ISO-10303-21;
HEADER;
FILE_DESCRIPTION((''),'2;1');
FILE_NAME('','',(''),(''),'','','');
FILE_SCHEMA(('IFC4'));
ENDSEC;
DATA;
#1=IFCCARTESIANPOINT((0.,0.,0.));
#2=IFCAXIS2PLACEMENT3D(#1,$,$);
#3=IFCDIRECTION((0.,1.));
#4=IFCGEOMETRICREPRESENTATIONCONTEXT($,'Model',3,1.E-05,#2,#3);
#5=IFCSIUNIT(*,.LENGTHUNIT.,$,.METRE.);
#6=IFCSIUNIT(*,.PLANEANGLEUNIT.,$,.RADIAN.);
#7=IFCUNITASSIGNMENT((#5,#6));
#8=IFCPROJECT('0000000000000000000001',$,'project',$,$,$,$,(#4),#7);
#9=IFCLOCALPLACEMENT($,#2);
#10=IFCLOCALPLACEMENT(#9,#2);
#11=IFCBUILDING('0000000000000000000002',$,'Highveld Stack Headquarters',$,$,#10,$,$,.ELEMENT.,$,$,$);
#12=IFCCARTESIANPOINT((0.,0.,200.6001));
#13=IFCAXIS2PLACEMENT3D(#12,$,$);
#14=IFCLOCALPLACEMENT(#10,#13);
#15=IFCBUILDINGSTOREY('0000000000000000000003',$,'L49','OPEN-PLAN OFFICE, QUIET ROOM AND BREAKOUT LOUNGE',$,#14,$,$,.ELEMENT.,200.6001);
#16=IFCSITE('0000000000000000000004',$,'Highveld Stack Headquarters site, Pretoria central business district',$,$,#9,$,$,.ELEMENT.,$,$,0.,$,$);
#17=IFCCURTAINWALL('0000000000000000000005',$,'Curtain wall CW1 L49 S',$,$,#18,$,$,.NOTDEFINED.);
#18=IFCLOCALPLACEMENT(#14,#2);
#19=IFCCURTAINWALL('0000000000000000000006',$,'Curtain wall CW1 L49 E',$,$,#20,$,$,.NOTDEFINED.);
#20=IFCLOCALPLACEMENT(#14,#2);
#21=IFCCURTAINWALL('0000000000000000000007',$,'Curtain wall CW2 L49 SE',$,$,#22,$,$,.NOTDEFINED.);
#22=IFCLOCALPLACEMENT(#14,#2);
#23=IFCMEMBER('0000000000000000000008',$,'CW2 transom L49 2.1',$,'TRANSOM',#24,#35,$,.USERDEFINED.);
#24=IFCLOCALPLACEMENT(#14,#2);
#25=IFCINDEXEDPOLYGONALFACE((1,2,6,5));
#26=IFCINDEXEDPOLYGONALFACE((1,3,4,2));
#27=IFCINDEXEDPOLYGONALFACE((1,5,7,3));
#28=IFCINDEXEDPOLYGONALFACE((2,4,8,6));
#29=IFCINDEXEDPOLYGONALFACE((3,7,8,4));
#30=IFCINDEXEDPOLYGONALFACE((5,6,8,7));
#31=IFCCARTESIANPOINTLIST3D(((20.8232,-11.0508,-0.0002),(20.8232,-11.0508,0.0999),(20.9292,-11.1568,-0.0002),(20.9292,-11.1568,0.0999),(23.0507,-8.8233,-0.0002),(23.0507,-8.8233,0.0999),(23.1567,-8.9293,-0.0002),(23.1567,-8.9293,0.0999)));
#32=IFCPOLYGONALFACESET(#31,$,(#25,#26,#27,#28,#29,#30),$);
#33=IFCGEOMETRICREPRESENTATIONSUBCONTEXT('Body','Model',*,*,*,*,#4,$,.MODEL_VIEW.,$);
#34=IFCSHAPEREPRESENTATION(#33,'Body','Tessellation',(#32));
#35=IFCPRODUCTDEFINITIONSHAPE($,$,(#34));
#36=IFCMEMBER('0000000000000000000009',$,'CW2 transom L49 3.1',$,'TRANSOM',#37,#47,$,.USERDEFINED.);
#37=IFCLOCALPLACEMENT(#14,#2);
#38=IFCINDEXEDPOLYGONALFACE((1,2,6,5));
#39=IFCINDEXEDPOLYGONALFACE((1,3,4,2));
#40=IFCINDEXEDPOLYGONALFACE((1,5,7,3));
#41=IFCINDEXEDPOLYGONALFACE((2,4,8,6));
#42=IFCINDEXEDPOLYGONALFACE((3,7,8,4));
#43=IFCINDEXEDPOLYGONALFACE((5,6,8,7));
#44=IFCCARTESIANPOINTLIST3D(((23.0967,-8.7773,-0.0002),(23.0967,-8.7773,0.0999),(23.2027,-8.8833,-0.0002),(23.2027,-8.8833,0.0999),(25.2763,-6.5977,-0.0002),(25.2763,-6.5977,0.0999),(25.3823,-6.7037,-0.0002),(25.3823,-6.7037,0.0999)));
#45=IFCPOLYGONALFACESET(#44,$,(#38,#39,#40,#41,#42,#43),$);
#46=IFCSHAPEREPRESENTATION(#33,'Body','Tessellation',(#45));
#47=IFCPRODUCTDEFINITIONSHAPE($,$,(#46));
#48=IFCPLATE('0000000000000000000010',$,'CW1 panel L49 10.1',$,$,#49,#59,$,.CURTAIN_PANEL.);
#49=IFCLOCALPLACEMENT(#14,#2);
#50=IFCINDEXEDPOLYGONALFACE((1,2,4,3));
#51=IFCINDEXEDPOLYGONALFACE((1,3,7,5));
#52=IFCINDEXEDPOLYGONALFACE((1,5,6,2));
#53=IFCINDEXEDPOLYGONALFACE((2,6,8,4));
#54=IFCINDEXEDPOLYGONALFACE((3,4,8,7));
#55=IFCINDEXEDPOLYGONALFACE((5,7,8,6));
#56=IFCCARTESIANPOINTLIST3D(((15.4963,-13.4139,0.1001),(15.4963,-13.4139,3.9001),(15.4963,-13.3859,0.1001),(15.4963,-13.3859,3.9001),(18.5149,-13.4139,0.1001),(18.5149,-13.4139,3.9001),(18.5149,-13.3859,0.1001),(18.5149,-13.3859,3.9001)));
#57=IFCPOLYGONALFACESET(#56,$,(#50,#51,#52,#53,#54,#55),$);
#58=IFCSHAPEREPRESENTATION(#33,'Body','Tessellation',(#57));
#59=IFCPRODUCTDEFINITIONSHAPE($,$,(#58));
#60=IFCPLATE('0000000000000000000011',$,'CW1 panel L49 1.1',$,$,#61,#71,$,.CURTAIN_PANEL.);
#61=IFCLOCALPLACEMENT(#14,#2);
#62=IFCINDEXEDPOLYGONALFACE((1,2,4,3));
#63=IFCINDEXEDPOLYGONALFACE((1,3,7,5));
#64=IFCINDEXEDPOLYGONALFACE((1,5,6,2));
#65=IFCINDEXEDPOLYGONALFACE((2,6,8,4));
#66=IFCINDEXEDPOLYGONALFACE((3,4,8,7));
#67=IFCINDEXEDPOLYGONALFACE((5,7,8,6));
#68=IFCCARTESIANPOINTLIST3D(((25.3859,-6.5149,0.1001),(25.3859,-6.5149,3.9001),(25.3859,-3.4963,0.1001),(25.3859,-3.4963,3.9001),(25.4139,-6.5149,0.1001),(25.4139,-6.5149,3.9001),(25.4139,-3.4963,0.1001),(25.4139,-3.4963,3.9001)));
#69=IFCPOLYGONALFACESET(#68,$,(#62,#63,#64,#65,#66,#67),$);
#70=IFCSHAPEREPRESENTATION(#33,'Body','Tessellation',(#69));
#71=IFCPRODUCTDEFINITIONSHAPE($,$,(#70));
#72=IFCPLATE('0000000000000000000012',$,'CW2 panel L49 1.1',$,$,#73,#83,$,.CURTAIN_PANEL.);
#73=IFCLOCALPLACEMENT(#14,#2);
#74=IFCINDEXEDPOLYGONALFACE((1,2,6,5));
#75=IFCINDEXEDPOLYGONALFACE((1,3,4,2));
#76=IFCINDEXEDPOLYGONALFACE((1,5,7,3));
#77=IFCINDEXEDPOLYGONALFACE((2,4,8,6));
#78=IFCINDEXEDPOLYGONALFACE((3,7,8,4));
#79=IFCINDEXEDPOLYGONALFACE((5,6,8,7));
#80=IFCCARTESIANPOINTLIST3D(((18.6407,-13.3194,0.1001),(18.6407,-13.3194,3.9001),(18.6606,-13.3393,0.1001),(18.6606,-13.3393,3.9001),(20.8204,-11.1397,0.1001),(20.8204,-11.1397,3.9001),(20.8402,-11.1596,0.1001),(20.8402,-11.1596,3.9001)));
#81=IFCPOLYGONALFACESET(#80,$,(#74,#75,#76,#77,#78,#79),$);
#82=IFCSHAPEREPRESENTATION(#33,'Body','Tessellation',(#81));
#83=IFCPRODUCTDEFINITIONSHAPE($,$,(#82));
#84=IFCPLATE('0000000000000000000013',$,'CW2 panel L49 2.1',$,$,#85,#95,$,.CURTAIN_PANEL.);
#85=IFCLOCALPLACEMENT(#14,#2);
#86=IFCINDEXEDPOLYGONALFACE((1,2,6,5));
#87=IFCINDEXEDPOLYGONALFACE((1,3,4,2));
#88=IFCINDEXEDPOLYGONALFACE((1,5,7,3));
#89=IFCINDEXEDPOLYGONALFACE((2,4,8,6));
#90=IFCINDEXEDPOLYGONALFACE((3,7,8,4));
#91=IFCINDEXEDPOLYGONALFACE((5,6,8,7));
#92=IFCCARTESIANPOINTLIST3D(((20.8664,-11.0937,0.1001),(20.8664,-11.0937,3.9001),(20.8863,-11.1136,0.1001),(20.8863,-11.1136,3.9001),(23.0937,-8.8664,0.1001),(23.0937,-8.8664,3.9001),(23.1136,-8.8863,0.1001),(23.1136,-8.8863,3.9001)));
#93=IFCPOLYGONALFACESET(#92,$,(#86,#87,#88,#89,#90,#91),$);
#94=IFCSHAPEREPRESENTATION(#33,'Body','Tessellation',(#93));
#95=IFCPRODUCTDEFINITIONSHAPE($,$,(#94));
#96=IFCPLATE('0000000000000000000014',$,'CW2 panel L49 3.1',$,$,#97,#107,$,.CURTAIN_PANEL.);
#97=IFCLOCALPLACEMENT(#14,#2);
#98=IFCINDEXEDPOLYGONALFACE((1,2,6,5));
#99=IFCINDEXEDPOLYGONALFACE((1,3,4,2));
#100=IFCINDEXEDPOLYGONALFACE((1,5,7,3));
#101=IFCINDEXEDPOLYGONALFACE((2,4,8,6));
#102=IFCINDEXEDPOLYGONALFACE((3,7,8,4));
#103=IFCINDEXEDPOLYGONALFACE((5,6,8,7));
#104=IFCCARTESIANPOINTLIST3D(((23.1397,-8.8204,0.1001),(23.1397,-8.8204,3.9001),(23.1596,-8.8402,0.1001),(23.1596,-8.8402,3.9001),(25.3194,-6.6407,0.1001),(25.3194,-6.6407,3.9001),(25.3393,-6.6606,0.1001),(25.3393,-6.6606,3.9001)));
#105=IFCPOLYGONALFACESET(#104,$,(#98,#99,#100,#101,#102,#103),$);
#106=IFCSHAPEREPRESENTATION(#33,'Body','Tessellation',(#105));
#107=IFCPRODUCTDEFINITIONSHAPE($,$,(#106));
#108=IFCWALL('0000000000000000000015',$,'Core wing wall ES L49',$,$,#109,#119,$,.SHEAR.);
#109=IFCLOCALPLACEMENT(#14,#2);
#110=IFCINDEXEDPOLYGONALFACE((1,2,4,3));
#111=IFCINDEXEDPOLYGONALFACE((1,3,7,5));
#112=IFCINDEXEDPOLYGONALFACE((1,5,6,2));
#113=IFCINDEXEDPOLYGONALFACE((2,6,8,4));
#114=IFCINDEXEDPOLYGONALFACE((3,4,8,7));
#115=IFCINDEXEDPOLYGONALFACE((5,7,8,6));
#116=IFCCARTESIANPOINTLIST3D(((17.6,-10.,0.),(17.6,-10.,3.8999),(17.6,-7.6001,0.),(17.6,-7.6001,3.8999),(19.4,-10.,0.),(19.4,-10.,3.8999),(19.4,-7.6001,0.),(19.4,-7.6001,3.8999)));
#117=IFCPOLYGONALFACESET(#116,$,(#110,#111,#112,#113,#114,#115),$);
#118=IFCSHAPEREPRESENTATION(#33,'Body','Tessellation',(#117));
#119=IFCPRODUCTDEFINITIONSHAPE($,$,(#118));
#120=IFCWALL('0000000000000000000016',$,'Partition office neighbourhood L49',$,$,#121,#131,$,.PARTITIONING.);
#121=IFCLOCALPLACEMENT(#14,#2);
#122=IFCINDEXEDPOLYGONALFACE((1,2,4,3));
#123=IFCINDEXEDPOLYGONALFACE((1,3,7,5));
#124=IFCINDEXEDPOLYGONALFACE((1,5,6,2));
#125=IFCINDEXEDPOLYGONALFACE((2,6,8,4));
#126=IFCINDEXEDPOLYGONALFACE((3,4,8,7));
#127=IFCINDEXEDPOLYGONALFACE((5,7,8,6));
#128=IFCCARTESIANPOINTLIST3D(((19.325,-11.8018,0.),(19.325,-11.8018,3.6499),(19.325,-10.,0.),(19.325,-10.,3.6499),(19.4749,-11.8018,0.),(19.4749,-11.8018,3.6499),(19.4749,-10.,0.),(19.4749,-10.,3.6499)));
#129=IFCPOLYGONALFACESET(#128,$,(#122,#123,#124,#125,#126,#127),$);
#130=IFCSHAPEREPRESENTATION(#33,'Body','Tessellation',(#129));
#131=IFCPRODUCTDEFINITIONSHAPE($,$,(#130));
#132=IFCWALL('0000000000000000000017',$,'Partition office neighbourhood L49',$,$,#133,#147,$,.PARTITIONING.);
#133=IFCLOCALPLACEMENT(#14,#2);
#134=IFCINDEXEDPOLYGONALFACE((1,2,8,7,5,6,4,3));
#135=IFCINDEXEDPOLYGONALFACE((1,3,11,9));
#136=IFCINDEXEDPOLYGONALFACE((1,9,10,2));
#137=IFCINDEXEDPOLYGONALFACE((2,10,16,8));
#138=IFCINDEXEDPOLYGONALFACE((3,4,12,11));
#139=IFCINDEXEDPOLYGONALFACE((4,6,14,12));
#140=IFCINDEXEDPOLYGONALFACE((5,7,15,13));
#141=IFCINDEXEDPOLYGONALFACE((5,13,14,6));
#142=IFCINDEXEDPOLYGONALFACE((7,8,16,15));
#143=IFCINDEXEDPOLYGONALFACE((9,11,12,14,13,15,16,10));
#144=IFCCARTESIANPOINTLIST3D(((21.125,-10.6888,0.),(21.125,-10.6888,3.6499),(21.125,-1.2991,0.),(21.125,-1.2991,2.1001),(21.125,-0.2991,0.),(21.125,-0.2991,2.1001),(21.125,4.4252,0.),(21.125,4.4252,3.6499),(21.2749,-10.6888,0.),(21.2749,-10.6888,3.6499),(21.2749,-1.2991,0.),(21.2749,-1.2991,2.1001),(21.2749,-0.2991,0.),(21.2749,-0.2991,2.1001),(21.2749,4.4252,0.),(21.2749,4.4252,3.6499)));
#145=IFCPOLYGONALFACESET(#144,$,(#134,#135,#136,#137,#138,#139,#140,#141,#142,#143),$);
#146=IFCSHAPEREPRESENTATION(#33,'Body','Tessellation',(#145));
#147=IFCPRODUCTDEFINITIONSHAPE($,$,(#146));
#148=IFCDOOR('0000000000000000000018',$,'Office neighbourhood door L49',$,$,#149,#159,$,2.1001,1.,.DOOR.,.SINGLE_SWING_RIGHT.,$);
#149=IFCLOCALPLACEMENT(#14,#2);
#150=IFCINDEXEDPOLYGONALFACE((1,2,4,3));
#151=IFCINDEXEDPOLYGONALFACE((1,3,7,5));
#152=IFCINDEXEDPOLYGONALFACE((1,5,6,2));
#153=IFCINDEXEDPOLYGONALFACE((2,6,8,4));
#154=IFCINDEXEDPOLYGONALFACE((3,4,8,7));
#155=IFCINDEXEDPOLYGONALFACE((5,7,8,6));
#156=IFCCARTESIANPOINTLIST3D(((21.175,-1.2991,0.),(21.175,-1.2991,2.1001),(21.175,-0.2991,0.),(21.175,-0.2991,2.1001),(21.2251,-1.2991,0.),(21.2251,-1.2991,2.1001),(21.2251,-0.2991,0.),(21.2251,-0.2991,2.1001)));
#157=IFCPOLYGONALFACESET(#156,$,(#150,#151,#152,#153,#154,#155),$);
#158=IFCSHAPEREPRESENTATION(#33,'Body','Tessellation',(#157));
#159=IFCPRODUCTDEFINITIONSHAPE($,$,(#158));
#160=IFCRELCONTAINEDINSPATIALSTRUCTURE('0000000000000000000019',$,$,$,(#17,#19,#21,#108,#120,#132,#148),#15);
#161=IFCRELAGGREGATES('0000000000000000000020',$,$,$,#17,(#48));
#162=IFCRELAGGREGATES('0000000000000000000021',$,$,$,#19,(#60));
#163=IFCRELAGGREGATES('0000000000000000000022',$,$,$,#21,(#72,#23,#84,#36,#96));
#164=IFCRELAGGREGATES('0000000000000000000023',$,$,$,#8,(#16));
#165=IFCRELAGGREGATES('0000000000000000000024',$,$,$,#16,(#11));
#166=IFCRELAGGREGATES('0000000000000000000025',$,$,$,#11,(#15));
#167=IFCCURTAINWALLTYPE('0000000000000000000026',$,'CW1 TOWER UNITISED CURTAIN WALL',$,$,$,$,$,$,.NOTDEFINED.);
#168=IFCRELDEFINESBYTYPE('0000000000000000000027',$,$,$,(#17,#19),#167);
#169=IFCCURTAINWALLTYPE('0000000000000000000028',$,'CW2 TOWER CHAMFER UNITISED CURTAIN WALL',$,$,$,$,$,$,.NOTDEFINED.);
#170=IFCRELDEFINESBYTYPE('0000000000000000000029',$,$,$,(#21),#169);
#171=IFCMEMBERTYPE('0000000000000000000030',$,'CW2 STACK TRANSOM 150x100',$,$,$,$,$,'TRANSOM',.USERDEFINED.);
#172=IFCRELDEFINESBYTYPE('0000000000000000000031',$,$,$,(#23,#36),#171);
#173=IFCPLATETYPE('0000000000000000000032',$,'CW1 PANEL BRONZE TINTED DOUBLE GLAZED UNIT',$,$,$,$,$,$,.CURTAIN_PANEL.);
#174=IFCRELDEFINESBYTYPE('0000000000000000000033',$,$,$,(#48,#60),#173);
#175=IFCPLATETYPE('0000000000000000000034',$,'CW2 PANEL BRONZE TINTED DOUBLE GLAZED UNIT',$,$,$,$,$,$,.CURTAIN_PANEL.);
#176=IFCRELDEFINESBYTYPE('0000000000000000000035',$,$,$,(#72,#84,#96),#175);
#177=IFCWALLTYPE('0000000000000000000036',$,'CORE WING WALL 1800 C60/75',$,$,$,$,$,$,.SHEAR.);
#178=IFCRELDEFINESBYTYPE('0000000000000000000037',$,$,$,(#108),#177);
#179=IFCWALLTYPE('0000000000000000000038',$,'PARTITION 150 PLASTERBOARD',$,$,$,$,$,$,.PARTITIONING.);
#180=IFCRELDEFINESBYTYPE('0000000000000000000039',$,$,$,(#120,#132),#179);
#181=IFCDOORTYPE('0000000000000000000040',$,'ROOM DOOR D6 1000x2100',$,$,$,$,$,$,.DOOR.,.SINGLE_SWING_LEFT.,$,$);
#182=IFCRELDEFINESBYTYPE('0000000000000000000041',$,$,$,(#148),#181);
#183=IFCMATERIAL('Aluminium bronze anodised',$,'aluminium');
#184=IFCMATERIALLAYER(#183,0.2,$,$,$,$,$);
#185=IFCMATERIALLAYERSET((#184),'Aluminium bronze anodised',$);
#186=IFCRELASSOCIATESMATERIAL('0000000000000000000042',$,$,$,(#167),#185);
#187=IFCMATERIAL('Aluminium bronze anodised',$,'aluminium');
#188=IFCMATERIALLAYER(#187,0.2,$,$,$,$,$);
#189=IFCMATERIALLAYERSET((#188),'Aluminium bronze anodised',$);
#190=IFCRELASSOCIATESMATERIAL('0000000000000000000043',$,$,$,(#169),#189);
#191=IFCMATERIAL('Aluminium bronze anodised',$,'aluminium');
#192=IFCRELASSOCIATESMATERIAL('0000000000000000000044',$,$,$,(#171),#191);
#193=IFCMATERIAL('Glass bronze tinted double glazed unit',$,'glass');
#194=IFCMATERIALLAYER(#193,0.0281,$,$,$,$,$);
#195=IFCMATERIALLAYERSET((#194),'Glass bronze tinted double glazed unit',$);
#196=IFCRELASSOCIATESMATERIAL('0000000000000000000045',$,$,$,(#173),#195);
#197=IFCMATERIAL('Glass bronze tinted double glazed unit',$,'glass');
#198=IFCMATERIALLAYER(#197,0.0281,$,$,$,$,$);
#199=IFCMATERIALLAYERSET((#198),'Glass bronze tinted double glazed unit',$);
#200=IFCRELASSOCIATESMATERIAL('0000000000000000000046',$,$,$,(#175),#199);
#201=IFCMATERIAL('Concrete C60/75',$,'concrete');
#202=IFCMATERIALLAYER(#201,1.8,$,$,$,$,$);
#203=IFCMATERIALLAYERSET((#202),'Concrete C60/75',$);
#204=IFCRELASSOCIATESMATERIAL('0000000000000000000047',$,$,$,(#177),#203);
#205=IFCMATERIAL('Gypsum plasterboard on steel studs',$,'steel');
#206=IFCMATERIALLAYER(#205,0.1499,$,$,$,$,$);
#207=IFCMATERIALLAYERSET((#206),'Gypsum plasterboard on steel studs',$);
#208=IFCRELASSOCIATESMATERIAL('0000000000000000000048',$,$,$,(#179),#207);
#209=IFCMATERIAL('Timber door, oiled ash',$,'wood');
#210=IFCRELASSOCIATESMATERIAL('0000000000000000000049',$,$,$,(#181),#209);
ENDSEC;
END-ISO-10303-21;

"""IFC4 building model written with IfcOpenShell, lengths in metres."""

from ifc_helpers import new_model, si_unit, direction, frame, frame_2d, origin, origin_2d, place, context, subcontext, project, spatial, rectangle, extrude, material, layer, layer_set, material_profile, profile_set, type_object, element, fill, aggregate, save


model = new_model("IFC4")

# Units and contexts
model_context = context("Model", 3, precision=1e-05, world=origin(), true_north=direction((0.0, 1.0)))
body_context = subcontext(model_context, "Body", "Model", "MODEL_VIEW")
ifc_project = project(units=[si_unit("LENGTHUNIT", "METRE"), si_unit("PLANEANGLEUNIT", "RADIAN")], contexts=[model_context])

# Site, building, storey
site_placement = place(None, origin())
site = spatial("IfcSite", under=ifc_project, at=site_placement, Name="Highveld Stack Headquarters site, Pretoria central business district", CompositionType="ELEMENT", RefElevation=0.0)
building_placement = place(site_placement, origin())
building = spatial("IfcBuilding", under=site, at=building_placement, Name="Highveld Stack Headquarters", CompositionType="ELEMENT")
storey_placement = place(building_placement, frame((0.0, 0.0, 200.6001)))
storey = spatial("IfcBuildingStorey", under=building, at=storey_placement, Name="L49", Description="OPEN-PLAN OFFICE, QUIET ROOM AND BREAKOUT LOUNGE", CompositionType="ELEMENT", Elevation=200.6001)

# Curtain walls
ifc_material_1 = material(Name="Aluminium bronze anodised", Category="aluminium")
ifc_layer_1 = layer(ifc_material_1, 0.2)
ifc_layer_set_1 = layer_set([ifc_layer_1], Name="Aluminium bronze anodised")
curtain_wall_type_1 = type_object("IfcCurtainWallType", Name="CW1 TOWER UNITISED CURTAIN WALL", PredefinedType="NOTDEFINED", material=ifc_layer_set_1)
curtain_wall_1_placement = place(storey_placement, origin())
curtain_wall_1 = element("IfcCurtainWall", 1, at=curtain_wall_1_placement, inside=storey, type_object=curtain_wall_type_1, Name="Curtain wall CW1 L49 S", PredefinedType="NOTDEFINED")
curtain_wall_2_placement = place(storey_placement, origin())
curtain_wall_2 = element("IfcCurtainWall", 2, at=curtain_wall_2_placement, inside=storey, type_object=curtain_wall_type_1, Name="Curtain wall CW1 L49 E", PredefinedType="NOTDEFINED")

# Curtain wall, members
ifc_material_2 = material(Name="Aluminium bronze anodised", Category="aluminium")
ifc_layer_2 = layer(ifc_material_2, 0.2)
ifc_layer_set_2 = layer_set([ifc_layer_2], Name="Aluminium bronze anodised")
curtain_wall_type_2 = type_object("IfcCurtainWallType", Name="CW2 TOWER CHAMFER UNITISED CURTAIN WALL", PredefinedType="NOTDEFINED", material=ifc_layer_set_2)
curtain_wall_3_placement = place(storey_placement, origin())
curtain_wall_3 = element("IfcCurtainWall", 3, at=curtain_wall_3_placement, inside=storey, type_object=curtain_wall_type_2, Name="Curtain wall CW2 L49 SE", PredefinedType="NOTDEFINED")
ifc_material_3 = material(Name="Aluminium bronze anodised", Category="aluminium")
ifc_material_profile_1 = material_profile(ifc_material_3, rectangle(XDim=0.1499, YDim=0.1001, at=origin_2d()), Name="CW2 TRANSOM 150x100")
ifc_profile_set_1 = profile_set([ifc_material_profile_1], Name="Aluminium bronze anodised")
member_type_1 = type_object("IfcMemberType", Name="CW2 STACK TRANSOM 150x100", ElementType="TRANSOM", PredefinedType="USERDEFINED", material=ifc_profile_set_1)
member_1_placement = place(storey_placement, frame((20.8762, -11.1038, 0.0498), z_axis=(0.707107, 0.707107, 0.0), x_axis=(-0.707107, 0.707107, 0.0)))
member_1 = element("IfcMember", 4, at=member_1_placement, type_object=member_type_1, Name="CW2 transom L49 2.1", ObjectType="TRANSOM", PredefinedType="USERDEFINED", context=body_context, shape_type="SweptSolid", body=[
    extrude(rectangle(XDim=0.1499, YDim=0.1001, at=origin_2d()), origin(), (0.0, 0.0, 1.0), 3.1501),
])
member_2_placement = place(storey_placement, frame((23.1497, -8.8303, 0.0498), z_axis=(0.707107, 0.707107, 0.0), x_axis=(-0.707107, 0.707107, 0.0)))
member_2 = element("IfcMember", 5, at=member_2_placement, type_object=member_type_1, Name="CW2 transom L49 3.1", ObjectType="TRANSOM", PredefinedType="USERDEFINED", context=body_context, shape_type="SweptSolid", body=[
    extrude(rectangle(XDim=0.1499, YDim=0.1001, at=origin_2d()), origin(), (0.0, 0.0, 1.0), 3.0825),
])

# Plates
ifc_material_4 = material(Name="Glass bronze tinted double glazed unit", Category="glass")
ifc_layer_3 = layer(ifc_material_4, 0.0281)
ifc_layer_set_3 = layer_set([ifc_layer_3], Name="Glass bronze tinted double glazed unit")
plate_type_1 = type_object("IfcPlateType", Name="CW1 PANEL BRONZE TINTED DOUBLE GLAZED UNIT", PredefinedType="CURTAIN_PANEL", material=ifc_layer_set_3)
plate_1_placement = place(storey_placement, frame((17.0056, -13.3999, 0.1001), z_axis=(0.0, 0.0, 1.0), x_axis=(1.0, 0.0, 0.0)))
plate_1 = element("IfcPlate", 6, at=plate_1_placement, type_object=plate_type_1, Name="CW1 panel L49 10.1", PredefinedType="CURTAIN_PANEL", context=body_context, shape_type="SweptSolid", body=[
    extrude(rectangle(XDim=3.0186, YDim=0.0281, at=origin_2d()), origin(), (0.0, 0.0, 1.0), 3.8),
])
aggregate(curtain_wall_1, [plate_1])
plate_2_placement = place(storey_placement, frame((25.3999, -5.0056, 0.1001), z_axis=(0.0, 0.0, 1.0), x_axis=(0.0, 1.0, 0.0)))
plate_2 = element("IfcPlate", 7, at=plate_2_placement, type_object=plate_type_1, Name="CW1 panel L49 1.1", PredefinedType="CURTAIN_PANEL", context=body_context, shape_type="SweptSolid", body=[
    extrude(rectangle(XDim=3.0186, YDim=0.0281, at=origin_2d()), origin(), (0.0, 0.0, 1.0), 3.8),
])
aggregate(curtain_wall_2, [plate_2])
ifc_material_5 = material(Name="Glass bronze tinted double glazed unit", Category="glass")
ifc_layer_4 = layer(ifc_material_5, 0.0281)
ifc_layer_set_4 = layer_set([ifc_layer_4], Name="Glass bronze tinted double glazed unit")
plate_type_2 = type_object("IfcPlateType", Name="CW2 PANEL BRONZE TINTED DOUBLE GLAZED UNIT", PredefinedType="CURTAIN_PANEL", material=ifc_layer_set_4)
plate_3_placement = place(storey_placement, frame((19.7405, -12.2395, 0.1001), z_axis=(0.0, 0.0, 1.0), x_axis=(0.707107, 0.707107, 0.0)))
plate_3 = element("IfcPlate", 8, at=plate_3_placement, type_object=plate_type_2, Name="CW2 panel L49 1.1", PredefinedType="CURTAIN_PANEL", context=body_context, shape_type="SweptSolid", body=[
    extrude(rectangle(XDim=3.0825, YDim=0.0281, at=origin_2d()), origin(), (0.0, 0.0, 1.0), 3.8),
])
plate_4_placement = place(storey_placement, frame((21.99, -9.99, 0.1001), z_axis=(0.0, 0.0, 1.0), x_axis=(0.707107, 0.707107, 0.0)))
plate_4 = element("IfcPlate", 9, at=plate_4_placement, type_object=plate_type_2, Name="CW2 panel L49 2.1", PredefinedType="CURTAIN_PANEL", context=body_context, shape_type="SweptSolid", body=[
    extrude(rectangle(XDim=3.1499, YDim=0.0281, at=origin_2d()), origin(), (0.0, 0.0, 1.0), 3.8),
])
plate_5_placement = place(storey_placement, frame((24.2395, -7.7405, 0.1001), z_axis=(0.0, 0.0, 1.0), x_axis=(0.707107, 0.707107, 0.0)))
plate_5 = element("IfcPlate", 10, at=plate_5_placement, type_object=plate_type_2, Name="CW2 panel L49 3.1", PredefinedType="CURTAIN_PANEL", context=body_context, shape_type="SweptSolid", body=[
    extrude(rectangle(XDim=3.0825, YDim=0.0281, at=origin_2d()), origin(), (0.0, 0.0, 1.0), 3.8),
])
aggregate(curtain_wall_3, [plate_3, member_1, plate_4, member_2, plate_5])

# Walls
ifc_material_6 = material(Name="Concrete C60/75", Category="concrete")
ifc_layer_5 = layer(ifc_material_6, 1.8)
ifc_layer_set_5 = layer_set([ifc_layer_5], Name="Concrete C60/75")
wall_type_1 = type_object("IfcWallType", Name="CORE WING WALL 1800 C60/75", PredefinedType="SHEAR", material=ifc_layer_set_5)
wall_1_placement = place(storey_placement, frame((18.5, -10.0, 0.0), z_axis=(0.0, 0.0, 1.0), x_axis=(0.0, 1.0, 0.0)))
element("IfcWall", 11, at=wall_1_placement, inside=storey, type_object=wall_type_1, Name="Core wing wall ES L49", PredefinedType="SHEAR", context=body_context, shape_type="SweptSolid", body=[
    extrude(rectangle(XDim=2.3999, YDim=1.8, at=frame_2d((1.2, 0.0))), origin(), (0.0, 0.0, 1.0), 3.8999),
])
ifc_material_7 = material(Name="Gypsum plasterboard on steel studs", Category="steel")
ifc_layer_6 = layer(ifc_material_7, 0.1499)
ifc_layer_set_6 = layer_set([ifc_layer_6], Name="Gypsum plasterboard on steel studs")
wall_type_2 = type_object("IfcWallType", Name="PARTITION 150 PLASTERBOARD", PredefinedType="PARTITIONING", material=ifc_layer_set_6)
wall_2_placement = place(storey_placement, frame((19.3999, -11.8018, 0.0), z_axis=(0.0, 0.0, 1.0), x_axis=(0.0, 1.0, 0.0)))
element("IfcWall", 12, at=wall_2_placement, inside=storey, type_object=wall_type_2, Name="Partition office neighbourhood L49", PredefinedType="PARTITIONING", context=body_context, shape_type="SweptSolid", body=[
    extrude(rectangle(XDim=1.8018, YDim=0.1499, at=frame_2d((0.9009, 0.0))), origin(), (0.0, 0.0, 1.0), 3.6499),
])

# Wall, opening, door
wall_3_placement = place(storey_placement, frame((21.2, -10.689, 0.0), z_axis=(0.0, 0.0, 1.0), x_axis=(0.0, 1.0, 0.0)))
wall_3 = element("IfcWall", 13, at=wall_3_placement, inside=storey, type_object=wall_type_2, Name="Partition office neighbourhood L49", PredefinedType="PARTITIONING", context=body_context, shape_type="SweptSolid", body=[
    extrude(rectangle(XDim=15.114, YDim=0.1499, at=frame_2d((7.5571, 0.0))), origin(), (0.0, 0.0, 1.0), 3.6499),
])
opening_1_placement = place(wall_3_placement, frame((9.3899, 0.0, 0.0)))
opening_1 = element("IfcOpeningElement", 14, at=opening_1_placement, cuts=wall_3, PredefinedType="OPENING", context=body_context, shape_type="SweptSolid", body=[
    extrude(rectangle(XDim=1.0, YDim=2.1001, at=frame_2d((0.5, 1.05))), frame((0.0, 0.085, 0.0), z_axis=(0.0, -1.0, 0.0), x_axis=(1.0, 0.0, 0.0)), (0.0, 0.0, 1.0), 0.1699),
])
ifc_material_8 = material(Name="Timber door, oiled ash", Category="wood")
door_type_1 = type_object("IfcDoorType", Name="ROOM DOOR D6 1000x2100", OperationType="SINGLE_SWING_LEFT", PredefinedType="DOOR", material=ifc_material_8)
door_1_placement = place(opening_1_placement, origin())
door_1 = element("IfcDoor", 15, at=door_1_placement, inside=storey, type_object=door_type_1, Name="Office neighbourhood door L49", OperationType="SINGLE_SWING_RIGHT", OverallHeight=2.1001, OverallWidth=1.0, PredefinedType="DOOR", context=body_context, shape_type="SweptSolid", body=[
    extrude(rectangle(XDim=1.0, YDim=2.1001, at=frame_2d((0.5, 1.05))), frame((0.0, 0.0249, 0.0), z_axis=(0.0, -1.0, 0.0), x_axis=(1.0, 0.0, 0.0)), (0.0, 0.0, 1.0), 0.05),
])
fill(opening_1, door_1)

save(model, "model.ifc")
